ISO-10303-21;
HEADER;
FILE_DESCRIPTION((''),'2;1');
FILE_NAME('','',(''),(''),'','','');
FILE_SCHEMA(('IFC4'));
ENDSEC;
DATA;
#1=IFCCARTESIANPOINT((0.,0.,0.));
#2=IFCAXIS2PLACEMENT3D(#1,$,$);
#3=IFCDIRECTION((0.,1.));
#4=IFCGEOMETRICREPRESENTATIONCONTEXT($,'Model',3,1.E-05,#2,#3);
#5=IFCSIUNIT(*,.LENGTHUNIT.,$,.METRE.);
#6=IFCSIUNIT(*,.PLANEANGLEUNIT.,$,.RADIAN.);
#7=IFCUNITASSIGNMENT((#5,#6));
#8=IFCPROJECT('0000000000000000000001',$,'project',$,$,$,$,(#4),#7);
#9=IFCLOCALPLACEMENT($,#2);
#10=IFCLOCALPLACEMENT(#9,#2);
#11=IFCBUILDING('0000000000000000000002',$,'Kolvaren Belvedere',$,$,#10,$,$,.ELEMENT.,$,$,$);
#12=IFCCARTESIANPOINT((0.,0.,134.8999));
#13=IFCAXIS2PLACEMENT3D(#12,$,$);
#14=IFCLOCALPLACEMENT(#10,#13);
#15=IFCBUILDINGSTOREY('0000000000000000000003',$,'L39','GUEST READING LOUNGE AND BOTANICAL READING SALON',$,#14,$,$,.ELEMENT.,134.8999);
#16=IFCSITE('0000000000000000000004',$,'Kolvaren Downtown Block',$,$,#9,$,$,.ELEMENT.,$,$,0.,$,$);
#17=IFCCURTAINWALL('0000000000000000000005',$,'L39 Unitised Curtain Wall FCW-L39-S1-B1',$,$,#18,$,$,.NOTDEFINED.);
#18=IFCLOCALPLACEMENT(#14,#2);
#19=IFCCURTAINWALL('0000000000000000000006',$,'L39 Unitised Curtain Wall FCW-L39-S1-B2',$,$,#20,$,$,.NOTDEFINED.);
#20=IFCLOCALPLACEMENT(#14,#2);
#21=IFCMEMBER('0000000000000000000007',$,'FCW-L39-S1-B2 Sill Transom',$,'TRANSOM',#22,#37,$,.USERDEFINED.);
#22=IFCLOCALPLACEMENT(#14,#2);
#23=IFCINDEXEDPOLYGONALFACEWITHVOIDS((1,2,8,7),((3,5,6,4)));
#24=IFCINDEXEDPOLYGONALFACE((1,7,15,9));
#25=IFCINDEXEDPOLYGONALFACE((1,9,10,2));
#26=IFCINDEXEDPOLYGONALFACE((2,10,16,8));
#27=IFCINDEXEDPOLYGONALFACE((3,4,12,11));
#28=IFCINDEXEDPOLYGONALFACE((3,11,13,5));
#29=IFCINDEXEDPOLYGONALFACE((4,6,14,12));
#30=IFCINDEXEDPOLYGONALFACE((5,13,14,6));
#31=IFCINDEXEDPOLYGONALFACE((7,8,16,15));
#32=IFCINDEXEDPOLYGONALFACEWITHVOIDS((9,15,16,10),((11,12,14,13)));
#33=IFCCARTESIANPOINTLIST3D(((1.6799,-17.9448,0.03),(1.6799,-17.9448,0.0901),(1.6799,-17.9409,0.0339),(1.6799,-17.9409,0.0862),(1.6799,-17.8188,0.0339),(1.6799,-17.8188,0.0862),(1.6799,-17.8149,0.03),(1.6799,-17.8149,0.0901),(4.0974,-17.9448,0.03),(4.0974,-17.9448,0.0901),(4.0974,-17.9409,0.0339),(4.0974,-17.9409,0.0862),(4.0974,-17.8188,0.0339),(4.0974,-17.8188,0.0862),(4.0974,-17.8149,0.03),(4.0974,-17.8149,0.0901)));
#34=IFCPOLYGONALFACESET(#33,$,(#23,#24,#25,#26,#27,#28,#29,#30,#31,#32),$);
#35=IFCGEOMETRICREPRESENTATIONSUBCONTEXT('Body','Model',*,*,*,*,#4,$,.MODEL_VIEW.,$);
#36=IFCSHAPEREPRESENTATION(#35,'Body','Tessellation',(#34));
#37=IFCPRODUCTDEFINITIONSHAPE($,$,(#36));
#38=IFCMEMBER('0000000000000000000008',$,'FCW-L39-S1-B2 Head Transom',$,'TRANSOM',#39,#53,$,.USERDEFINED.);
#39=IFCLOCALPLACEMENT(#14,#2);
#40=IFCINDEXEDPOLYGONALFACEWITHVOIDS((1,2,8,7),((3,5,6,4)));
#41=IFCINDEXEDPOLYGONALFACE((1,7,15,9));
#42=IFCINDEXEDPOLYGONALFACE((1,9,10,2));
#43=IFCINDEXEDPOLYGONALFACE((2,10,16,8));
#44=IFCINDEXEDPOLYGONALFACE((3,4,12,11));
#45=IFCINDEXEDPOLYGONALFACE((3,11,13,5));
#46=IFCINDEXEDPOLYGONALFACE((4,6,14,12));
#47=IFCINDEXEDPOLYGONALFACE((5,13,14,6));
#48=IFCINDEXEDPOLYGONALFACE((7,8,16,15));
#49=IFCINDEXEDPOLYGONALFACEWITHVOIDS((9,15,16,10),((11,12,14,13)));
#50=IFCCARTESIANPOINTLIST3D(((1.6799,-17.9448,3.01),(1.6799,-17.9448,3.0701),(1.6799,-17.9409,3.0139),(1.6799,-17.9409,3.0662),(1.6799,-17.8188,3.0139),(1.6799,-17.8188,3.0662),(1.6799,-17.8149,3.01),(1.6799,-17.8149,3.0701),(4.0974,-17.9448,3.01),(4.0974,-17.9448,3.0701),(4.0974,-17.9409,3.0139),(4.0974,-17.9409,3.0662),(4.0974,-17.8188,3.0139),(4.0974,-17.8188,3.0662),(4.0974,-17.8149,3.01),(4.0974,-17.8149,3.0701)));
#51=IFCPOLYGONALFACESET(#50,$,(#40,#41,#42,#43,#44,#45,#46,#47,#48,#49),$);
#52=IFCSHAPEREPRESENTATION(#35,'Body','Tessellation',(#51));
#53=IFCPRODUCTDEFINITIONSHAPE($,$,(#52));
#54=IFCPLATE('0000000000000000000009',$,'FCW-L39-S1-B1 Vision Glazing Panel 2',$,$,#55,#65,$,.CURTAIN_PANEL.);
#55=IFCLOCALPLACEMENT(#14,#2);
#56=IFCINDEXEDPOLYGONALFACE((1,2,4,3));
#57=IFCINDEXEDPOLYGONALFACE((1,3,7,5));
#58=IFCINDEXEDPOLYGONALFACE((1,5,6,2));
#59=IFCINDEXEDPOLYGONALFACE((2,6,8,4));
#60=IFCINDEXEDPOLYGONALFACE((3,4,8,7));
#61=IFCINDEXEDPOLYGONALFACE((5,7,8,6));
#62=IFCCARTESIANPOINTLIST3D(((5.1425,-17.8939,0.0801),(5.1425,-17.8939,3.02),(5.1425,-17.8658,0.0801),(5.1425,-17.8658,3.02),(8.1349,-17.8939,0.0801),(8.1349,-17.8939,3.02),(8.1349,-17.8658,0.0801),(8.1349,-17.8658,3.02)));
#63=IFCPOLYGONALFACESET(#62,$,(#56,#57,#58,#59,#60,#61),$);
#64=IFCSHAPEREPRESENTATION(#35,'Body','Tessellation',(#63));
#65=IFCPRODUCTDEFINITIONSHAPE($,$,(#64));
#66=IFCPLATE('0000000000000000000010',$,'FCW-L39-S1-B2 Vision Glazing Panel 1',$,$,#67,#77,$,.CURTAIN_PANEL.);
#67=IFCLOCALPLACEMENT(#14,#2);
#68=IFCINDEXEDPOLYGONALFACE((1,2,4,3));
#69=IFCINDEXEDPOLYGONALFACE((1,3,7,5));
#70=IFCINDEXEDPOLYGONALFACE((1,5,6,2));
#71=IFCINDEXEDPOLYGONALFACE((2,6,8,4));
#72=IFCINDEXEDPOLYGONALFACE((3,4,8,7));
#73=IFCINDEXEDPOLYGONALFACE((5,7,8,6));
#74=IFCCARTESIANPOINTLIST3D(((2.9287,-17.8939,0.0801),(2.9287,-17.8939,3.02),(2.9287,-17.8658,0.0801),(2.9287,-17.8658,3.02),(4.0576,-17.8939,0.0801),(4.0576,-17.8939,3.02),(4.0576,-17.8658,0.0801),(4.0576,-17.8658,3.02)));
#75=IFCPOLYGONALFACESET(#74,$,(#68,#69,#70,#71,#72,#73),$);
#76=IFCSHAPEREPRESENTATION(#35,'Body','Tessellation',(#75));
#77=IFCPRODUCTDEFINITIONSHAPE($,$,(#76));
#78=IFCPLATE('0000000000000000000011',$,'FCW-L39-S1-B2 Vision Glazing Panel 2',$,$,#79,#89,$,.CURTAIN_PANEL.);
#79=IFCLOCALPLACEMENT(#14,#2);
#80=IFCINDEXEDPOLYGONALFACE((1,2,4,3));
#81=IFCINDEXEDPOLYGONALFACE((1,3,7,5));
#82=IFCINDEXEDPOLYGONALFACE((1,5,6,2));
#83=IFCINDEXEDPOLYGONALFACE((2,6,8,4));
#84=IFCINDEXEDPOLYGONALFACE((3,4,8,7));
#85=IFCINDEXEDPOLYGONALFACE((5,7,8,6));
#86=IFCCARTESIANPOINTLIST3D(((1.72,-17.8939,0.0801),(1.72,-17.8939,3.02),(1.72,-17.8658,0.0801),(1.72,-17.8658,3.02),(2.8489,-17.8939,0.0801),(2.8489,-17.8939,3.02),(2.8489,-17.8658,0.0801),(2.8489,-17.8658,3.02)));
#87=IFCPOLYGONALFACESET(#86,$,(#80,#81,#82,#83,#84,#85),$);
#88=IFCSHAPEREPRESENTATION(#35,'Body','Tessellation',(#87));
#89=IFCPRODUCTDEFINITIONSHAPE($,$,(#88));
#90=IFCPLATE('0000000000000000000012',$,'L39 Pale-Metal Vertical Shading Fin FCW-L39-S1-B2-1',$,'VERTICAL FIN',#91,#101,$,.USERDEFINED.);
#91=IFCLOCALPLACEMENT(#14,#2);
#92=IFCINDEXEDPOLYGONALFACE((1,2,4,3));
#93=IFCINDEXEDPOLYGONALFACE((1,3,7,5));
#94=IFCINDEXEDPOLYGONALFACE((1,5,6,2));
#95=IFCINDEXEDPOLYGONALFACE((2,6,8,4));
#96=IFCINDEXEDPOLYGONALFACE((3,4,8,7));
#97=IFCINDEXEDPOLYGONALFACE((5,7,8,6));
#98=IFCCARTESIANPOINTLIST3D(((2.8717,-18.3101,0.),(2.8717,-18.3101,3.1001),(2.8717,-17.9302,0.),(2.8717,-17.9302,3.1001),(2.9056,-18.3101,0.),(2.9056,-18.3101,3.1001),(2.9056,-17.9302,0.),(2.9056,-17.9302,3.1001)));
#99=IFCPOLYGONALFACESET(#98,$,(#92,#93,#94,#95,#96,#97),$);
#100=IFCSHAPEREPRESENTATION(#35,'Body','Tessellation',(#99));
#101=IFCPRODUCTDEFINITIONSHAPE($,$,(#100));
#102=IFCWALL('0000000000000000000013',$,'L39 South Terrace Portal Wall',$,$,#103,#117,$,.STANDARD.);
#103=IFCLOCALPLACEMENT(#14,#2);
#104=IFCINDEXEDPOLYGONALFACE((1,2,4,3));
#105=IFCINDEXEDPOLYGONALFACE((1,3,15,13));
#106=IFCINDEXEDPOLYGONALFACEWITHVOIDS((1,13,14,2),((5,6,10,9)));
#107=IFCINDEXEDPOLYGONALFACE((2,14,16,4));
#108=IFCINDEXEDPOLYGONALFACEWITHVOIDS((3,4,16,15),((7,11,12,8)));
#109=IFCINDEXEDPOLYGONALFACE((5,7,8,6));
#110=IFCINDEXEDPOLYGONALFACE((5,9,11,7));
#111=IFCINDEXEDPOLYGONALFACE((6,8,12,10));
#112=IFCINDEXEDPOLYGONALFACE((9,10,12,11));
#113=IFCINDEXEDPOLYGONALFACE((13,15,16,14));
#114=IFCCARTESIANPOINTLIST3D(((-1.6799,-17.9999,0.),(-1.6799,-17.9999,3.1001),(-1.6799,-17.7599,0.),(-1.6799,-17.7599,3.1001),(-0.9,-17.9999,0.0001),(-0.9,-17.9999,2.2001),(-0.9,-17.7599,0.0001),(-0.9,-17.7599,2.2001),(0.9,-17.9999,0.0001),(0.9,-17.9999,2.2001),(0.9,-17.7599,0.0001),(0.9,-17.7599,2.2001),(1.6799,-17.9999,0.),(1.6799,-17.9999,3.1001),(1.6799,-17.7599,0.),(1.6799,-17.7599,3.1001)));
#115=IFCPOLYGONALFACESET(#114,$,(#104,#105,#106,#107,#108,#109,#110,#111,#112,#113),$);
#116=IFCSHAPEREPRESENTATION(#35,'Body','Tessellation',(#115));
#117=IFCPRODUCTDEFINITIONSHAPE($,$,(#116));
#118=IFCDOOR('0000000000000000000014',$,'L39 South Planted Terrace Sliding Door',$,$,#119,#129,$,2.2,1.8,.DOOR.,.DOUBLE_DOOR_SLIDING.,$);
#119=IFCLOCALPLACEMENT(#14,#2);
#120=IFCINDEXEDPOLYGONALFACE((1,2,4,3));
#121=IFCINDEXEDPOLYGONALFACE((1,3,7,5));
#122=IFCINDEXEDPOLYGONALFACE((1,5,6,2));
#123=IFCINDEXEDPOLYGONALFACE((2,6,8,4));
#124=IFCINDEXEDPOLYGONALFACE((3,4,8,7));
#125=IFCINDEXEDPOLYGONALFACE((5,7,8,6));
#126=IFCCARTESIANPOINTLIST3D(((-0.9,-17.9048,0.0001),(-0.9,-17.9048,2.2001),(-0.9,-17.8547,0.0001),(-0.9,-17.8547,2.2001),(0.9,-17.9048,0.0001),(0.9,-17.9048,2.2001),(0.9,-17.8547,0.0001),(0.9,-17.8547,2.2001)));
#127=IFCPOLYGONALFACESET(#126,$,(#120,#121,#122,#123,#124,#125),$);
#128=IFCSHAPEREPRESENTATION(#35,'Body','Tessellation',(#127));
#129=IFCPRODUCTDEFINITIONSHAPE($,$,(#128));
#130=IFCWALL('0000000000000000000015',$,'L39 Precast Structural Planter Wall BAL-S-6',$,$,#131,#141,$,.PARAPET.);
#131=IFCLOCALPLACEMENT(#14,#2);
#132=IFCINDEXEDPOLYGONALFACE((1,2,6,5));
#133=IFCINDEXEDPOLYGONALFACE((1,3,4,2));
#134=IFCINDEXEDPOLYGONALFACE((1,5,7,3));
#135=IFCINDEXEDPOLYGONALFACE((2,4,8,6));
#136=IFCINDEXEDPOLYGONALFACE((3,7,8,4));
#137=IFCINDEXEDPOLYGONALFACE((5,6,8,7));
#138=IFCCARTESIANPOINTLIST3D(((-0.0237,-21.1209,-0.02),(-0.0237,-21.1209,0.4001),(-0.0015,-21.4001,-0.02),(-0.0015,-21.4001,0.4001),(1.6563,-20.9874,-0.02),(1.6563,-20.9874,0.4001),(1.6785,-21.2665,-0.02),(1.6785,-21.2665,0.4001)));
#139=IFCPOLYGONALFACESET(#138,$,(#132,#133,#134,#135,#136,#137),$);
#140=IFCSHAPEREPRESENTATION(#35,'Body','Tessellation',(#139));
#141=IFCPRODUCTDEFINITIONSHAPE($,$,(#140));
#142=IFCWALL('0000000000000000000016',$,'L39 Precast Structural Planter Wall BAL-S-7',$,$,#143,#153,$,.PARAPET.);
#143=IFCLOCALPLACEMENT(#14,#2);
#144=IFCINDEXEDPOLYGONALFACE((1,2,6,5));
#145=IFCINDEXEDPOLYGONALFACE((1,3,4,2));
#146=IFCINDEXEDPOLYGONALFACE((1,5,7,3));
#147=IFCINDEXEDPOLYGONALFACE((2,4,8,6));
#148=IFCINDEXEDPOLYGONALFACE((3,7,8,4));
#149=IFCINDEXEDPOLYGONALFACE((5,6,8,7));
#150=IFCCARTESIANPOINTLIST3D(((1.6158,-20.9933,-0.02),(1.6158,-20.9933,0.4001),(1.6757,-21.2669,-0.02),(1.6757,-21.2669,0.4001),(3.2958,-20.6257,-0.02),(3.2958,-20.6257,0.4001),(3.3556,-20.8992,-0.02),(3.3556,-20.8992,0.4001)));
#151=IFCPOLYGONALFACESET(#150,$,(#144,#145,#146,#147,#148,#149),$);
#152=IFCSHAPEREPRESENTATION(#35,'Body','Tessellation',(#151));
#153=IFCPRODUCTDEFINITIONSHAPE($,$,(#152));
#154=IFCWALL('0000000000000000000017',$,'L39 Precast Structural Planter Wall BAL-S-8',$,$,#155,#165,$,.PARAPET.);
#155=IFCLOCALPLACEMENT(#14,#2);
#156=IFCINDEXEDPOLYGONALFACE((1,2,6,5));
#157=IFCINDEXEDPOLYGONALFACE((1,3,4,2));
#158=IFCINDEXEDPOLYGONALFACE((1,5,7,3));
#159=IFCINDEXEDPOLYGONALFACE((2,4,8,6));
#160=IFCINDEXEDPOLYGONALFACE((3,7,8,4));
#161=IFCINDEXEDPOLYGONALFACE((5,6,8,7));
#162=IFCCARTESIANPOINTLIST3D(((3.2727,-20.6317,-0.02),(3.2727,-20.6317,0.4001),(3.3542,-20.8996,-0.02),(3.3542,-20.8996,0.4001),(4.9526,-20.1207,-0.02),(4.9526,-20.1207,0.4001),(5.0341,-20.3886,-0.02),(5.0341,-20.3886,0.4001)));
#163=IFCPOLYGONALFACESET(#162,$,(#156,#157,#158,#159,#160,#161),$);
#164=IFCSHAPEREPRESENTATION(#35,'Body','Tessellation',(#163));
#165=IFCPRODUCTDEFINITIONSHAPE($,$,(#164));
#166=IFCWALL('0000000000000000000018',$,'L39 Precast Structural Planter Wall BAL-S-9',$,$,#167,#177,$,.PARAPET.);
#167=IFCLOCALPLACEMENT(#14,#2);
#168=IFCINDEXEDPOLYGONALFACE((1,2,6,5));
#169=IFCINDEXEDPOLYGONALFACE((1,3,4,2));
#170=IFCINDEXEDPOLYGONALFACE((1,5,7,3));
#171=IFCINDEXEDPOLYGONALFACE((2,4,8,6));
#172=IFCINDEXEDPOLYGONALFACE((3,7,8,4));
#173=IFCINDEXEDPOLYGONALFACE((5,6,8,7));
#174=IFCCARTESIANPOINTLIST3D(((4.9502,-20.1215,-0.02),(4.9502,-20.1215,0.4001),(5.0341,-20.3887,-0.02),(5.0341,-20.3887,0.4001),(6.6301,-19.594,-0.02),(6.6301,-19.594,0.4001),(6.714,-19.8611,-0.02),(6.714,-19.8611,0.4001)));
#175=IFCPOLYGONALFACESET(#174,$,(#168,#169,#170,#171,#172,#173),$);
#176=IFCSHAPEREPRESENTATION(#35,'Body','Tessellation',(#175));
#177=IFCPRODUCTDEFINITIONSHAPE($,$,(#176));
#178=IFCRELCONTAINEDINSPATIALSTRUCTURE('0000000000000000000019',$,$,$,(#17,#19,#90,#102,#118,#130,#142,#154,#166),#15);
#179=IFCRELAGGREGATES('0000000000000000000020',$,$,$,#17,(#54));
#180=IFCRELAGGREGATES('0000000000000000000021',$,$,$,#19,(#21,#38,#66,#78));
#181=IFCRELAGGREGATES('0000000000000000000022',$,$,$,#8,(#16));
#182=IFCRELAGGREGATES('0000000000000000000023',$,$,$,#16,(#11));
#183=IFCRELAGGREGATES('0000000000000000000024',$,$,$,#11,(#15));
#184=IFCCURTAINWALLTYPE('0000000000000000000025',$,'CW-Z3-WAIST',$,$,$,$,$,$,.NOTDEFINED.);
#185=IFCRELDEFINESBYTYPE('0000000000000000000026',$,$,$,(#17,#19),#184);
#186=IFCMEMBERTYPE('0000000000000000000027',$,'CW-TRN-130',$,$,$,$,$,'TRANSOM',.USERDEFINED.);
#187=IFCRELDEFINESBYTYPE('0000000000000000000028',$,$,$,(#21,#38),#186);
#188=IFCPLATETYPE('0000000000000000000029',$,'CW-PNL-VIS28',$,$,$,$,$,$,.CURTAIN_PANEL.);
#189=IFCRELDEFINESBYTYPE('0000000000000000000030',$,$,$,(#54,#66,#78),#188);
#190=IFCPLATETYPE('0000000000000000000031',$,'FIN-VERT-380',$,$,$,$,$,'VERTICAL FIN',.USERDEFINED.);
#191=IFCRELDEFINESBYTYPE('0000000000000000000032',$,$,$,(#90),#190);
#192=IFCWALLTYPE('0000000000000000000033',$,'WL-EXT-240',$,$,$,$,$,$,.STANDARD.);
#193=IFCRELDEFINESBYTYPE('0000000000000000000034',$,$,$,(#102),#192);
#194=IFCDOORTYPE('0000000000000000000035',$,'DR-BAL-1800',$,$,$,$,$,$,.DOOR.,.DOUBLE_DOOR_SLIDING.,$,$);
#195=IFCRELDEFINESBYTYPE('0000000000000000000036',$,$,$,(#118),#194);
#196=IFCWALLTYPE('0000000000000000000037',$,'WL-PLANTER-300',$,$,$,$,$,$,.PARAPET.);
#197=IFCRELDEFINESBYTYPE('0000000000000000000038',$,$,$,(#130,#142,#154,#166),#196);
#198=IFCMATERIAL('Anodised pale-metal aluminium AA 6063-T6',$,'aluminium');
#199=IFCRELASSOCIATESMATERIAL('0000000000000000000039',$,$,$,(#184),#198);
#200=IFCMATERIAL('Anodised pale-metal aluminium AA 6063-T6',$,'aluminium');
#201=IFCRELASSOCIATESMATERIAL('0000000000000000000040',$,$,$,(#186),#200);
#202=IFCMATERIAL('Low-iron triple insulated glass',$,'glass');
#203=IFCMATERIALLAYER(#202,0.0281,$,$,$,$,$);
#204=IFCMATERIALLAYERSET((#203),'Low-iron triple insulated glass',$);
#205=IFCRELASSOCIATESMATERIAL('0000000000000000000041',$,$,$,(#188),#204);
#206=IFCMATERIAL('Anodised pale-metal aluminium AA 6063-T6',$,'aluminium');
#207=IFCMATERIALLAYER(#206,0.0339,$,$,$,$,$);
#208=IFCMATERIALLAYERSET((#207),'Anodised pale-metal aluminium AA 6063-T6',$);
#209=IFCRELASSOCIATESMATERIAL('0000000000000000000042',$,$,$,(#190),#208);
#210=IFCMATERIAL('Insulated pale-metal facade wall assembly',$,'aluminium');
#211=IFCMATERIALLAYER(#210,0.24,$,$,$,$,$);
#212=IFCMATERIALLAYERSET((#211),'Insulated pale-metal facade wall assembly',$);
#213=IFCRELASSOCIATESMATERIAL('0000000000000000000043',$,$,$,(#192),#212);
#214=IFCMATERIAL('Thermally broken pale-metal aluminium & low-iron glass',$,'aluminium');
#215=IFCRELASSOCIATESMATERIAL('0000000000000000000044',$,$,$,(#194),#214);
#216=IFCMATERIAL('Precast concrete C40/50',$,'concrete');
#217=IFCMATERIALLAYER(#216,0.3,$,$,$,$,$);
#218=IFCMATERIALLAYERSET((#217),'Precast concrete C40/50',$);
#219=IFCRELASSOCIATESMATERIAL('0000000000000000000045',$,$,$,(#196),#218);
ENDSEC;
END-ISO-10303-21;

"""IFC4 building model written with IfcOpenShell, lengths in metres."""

from ifc_helpers import new_model, si_unit, direction, frame, frame_2d, origin, origin_2d, place, context, subcontext, project, spatial, rectangle, hollow_rectangle, extrude, material, layer, layer_set, material_profile, profile_set, type_object, element, fill, aggregate, save


model = new_model("IFC4")

# Units and contexts
model_context = context("Model", 3, precision=1e-05, world=origin(), true_north=direction((0.0, 1.0)))
body_context = subcontext(model_context, "Body", "Model", "MODEL_VIEW")
ifc_project = project(units=[si_unit("LENGTHUNIT", "METRE"), si_unit("PLANEANGLEUNIT", "RADIAN")], contexts=[model_context])

# Site, building, storey
site_placement = place(None, origin())
site = spatial("IfcSite", under=ifc_project, at=site_placement, Name="Kolvaren Downtown Block", CompositionType="ELEMENT", RefElevation=0.0)
building_placement = place(site_placement, origin())
building = spatial("IfcBuilding", under=site, at=building_placement, Name="Kolvaren Belvedere", CompositionType="ELEMENT")
storey_placement = place(building_placement, frame((0.0, 0.0, 134.8999)))
storey = spatial("IfcBuildingStorey", under=building, at=storey_placement, Name="L39", Description="GUEST READING LOUNGE AND BOTANICAL READING SALON", CompositionType="ELEMENT", Elevation=134.8999)

# Curtain wall
ifc_material_1 = material(Name="Anodised pale-metal aluminium AA 6063-T6", Category="aluminium")
curtain_wall_type = type_object("IfcCurtainWallType", Name="CW-Z3-WAIST", PredefinedType="NOTDEFINED", material=ifc_material_1)
curtain_wall_1_placement = place(storey_placement, origin())
curtain_wall_1 = element("IfcCurtainWall", 1, at=curtain_wall_1_placement, inside=storey, type_object=curtain_wall_type, Name="L39 Unitised Curtain Wall FCW-L39-S1-B1", PredefinedType="NOTDEFINED")

# Curtain wall, members
curtain_wall_2_placement = place(storey_placement, origin())
curtain_wall_2 = element("IfcCurtainWall", 2, at=curtain_wall_2_placement, inside=storey, type_object=curtain_wall_type, Name="L39 Unitised Curtain Wall FCW-L39-S1-B2", PredefinedType="NOTDEFINED")
ifc_material_2 = material(Name="Anodised pale-metal aluminium AA 6063-T6", Category="aluminium")
ifc_material_profile_1 = material_profile(ifc_material_2, hollow_rectangle(XDim=0.0601, YDim=0.1299, WallThickness=0.0039, at=origin_2d()), Name="ALU-TRN-130X60")
ifc_profile_set_1 = profile_set([ifc_material_profile_1], Name="Anodised pale-metal aluminium AA 6063-T6")
member_type_1 = type_object("IfcMemberType", Name="CW-TRN-130", ElementType="TRANSOM", PredefinedType="USERDEFINED", material=ifc_profile_set_1)
member_1_placement = place(storey_placement, frame((4.0974, -17.8799, 0.0601), z_axis=(-1.0, 0.0, 0.0), x_axis=(0.0, 0.0, 1.0)))
member_1 = element("IfcMember", 3, at=member_1_placement, type_object=member_type_1, Name="FCW-L39-S1-B2 Sill Transom", ObjectType="TRANSOM", PredefinedType="USERDEFINED", context=body_context, shape_type="SweptSolid", body=[
    extrude(hollow_rectangle(XDim=0.0601, YDim=0.1299, WallThickness=0.0039, at=origin_2d()), origin(), (0.0, 0.0, 1.0), 2.4175),
])
member_2_placement = place(storey_placement, frame((4.0974, -17.8799, 3.04), z_axis=(-1.0, 0.0, 0.0), x_axis=(0.0, 0.0, 1.0)))
member_2 = element("IfcMember", 4, at=member_2_placement, type_object=member_type_1, Name="FCW-L39-S1-B2 Head Transom", ObjectType="TRANSOM", PredefinedType="USERDEFINED", context=body_context, shape_type="SweptSolid", body=[
    extrude(hollow_rectangle(XDim=0.0601, YDim=0.1299, WallThickness=0.0039, at=origin_2d()), origin(), (0.0, 0.0, 1.0), 2.4175),
])

# Plates
ifc_material_3 = material(Name="Low-iron triple insulated glass", Category="glass")
ifc_layer_1 = layer(ifc_material_3, 0.0281)
ifc_layer_set_1 = layer_set([ifc_layer_1], Name="Low-iron triple insulated glass")
plate_type_1 = type_object("IfcPlateType", Name="CW-PNL-VIS28", PredefinedType="CURTAIN_PANEL", material=ifc_layer_set_1)
plate_1_placement = place(storey_placement, frame((6.6387, -17.8799, 0.0801), z_axis=(0.0, 0.0, 1.0), x_axis=(-1.0, 0.0, 0.0)))
plate_1 = element("IfcPlate", 5, at=plate_1_placement, type_object=plate_type_1, Name="FCW-L39-S1-B1 Vision Glazing Panel 2", PredefinedType="CURTAIN_PANEL", context=body_context, shape_type="SweptSolid", body=[
    extrude(rectangle(XDim=2.9924, YDim=0.0281, at=origin_2d()), origin(), (0.0, 0.0, 1.0), 2.9399),
])
aggregate(curtain_wall_1, [plate_1])
plate_2_placement = place(storey_placement, frame((3.4932, -17.8799, 0.0801), z_axis=(0.0, 0.0, 1.0), x_axis=(-1.0, 0.0, 0.0)))
plate_2 = element("IfcPlate", 6, at=plate_2_placement, type_object=plate_type_1, Name="FCW-L39-S1-B2 Vision Glazing Panel 1", PredefinedType="CURTAIN_PANEL", context=body_context, shape_type="SweptSolid", body=[
    extrude(rectangle(XDim=1.1289, YDim=0.0281, at=origin_2d()), origin(), (0.0, 0.0, 1.0), 2.9399),
])
plate_3_placement = place(storey_placement, frame((2.2844, -17.8799, 0.0801), z_axis=(0.0, 0.0, 1.0), x_axis=(-1.0, 0.0, 0.0)))
plate_3 = element("IfcPlate", 7, at=plate_3_placement, type_object=plate_type_1, Name="FCW-L39-S1-B2 Vision Glazing Panel 2", PredefinedType="CURTAIN_PANEL", context=body_context, shape_type="SweptSolid", body=[
    extrude(rectangle(XDim=1.1289, YDim=0.0281, at=origin_2d()), origin(), (0.0, 0.0, 1.0), 2.9399),
])
aggregate(curtain_wall_2, [member_1, member_2, plate_2, plate_3])
ifc_material_4 = material(Name="Anodised pale-metal aluminium AA 6063-T6", Category="aluminium")
ifc_layer_2 = layer(ifc_material_4, 0.0339)
ifc_layer_set_2 = layer_set([ifc_layer_2], Name="Anodised pale-metal aluminium AA 6063-T6")
plate_type_2 = type_object("IfcPlateType", Name="FIN-VERT-380", ElementType="VERTICAL FIN", PredefinedType="USERDEFINED", material=ifc_layer_set_2)
plate_4_placement = place(storey_placement, frame((2.8887, -18.1201, 0.0), z_axis=(0.0, 0.0, 1.0), x_axis=(0.0, 1.0, 0.0)))
element("IfcPlate", 8, at=plate_4_placement, inside=storey, type_object=plate_type_2, Name="L39 Pale-Metal Vertical Shading Fin FCW-L39-S1-B2-1", ObjectType="VERTICAL FIN", PredefinedType="USERDEFINED", context=body_context, shape_type="SweptSolid", body=[
    extrude(rectangle(XDim=0.3799, YDim=0.0339, at=origin_2d()), origin(), (0.0, 0.0, 1.0), 3.1001),
])

# Wall, opening, door
ifc_material_5 = material(Name="Insulated pale-metal facade wall assembly", Category="aluminium")
ifc_layer_3 = layer(ifc_material_5, 0.24)
ifc_layer_set_3 = layer_set([ifc_layer_3], Name="Insulated pale-metal facade wall assembly")
wall_type_1 = type_object("IfcWallType", Name="WL-EXT-240", PredefinedType="STANDARD", material=ifc_layer_set_3)
wall_1_placement = place(storey_placement, frame((1.6799, -17.8799, 0.0), z_axis=(0.0, 0.0, 1.0), x_axis=(-1.0, 0.0, 0.0)))
wall_1 = element("IfcWall", 9, at=wall_1_placement, inside=storey, type_object=wall_type_1, Name="L39 South Terrace Portal Wall", PredefinedType="STANDARD", context=body_context, shape_type="SweptSolid", body=[
    extrude(rectangle(XDim=3.3599, YDim=0.24, at=frame_2d((1.6799, 0.0))), origin(), (0.0, 0.0, 1.0), 3.1001),
])
opening_placement = place(wall_1_placement, frame((0.78, 0.0, 0.0)))
opening = element("IfcOpeningElement", 10, at=opening_placement, cuts=wall_1, PredefinedType="OPENING", context=body_context, shape_type="SweptSolid", body=[
    extrude(rectangle(XDim=1.8, YDim=2.2, at=frame_2d((0.8999, 1.1001))), frame((0.0, 0.1299, 0.0), z_axis=(0.0, -1.0, 0.0), x_axis=(1.0, 0.0, 0.0)), (0.0, 0.0, 1.0), 0.26),
])
ifc_material_6 = material(Name="Thermally broken pale-metal aluminium & low-iron glass", Category="aluminium")
door_type = type_object("IfcDoorType", Name="DR-BAL-1800", OperationType="DOUBLE_DOOR_SLIDING", PredefinedType="DOOR", material=ifc_material_6)
door_placement = place(opening_placement, origin())
door = element("IfcDoor", 11, at=door_placement, inside=storey, type_object=door_type, Name="L39 South Planted Terrace Sliding Door", OperationType="DOUBLE_DOOR_SLIDING", OverallHeight=2.2, OverallWidth=1.8, PredefinedType="DOOR", context=body_context, shape_type="SweptSolid", body=[
    extrude(rectangle(XDim=1.8, YDim=2.2, at=frame_2d((0.8999, 1.1001))), frame((0.0, 0.0249, 0.0), z_axis=(0.0, -1.0, 0.0), x_axis=(1.0, 0.0, 0.0)), (0.0, 0.0, 1.0), 0.05),
])
fill(opening, door)

# Walls
ifc_material_7 = material(Name="Precast concrete C40/50", Category="concrete")
ifc_layer_4 = layer(ifc_material_7, 0.3)
ifc_layer_set_4 = layer_set([ifc_layer_4], Name="Precast concrete C40/50")
wall_type_2 = type_object("IfcWallType", Name="WL-PLANTER-300", PredefinedType="PARAPET", material=ifc_layer_set_4)
wall_2_placement = place(storey_placement, frame((-0.0127, -21.2605, -0.02), z_axis=(0.0, 0.0, 1.0), x_axis=(0.996855, 0.079244, 0.0)))
element("IfcWall", 12, at=wall_2_placement, inside=storey, type_object=wall_type_2, Name="L39 Precast Structural Planter Wall BAL-S-6", PredefinedType="PARAPET", context=body_context, shape_type="SweptSolid", body=[
    extrude(rectangle(XDim=1.6853, YDim=0.28, at=frame_2d((0.8428, 0.0))), origin(), (0.0, 0.0, 1.0), 0.4202),
])
wall_3_placement = place(storey_placement, frame((1.6458, -21.1301, -0.02), z_axis=(0.0, 0.0, 1.0), x_axis=(0.976877, 0.213803, 0.0)))
element("IfcWall", 13, at=wall_3_placement, inside=storey, type_object=wall_type_2, Name="L39 Precast Structural Planter Wall BAL-S-7", PredefinedType="PARAPET", context=body_context, shape_type="SweptSolid", body=[
    extrude(rectangle(XDim=1.7197, YDim=0.28, at=frame_2d((0.8599, 0.0))), origin(), (0.0, 0.0, 1.0), 0.4202),
])
wall_4_placement = place(storey_placement, frame((3.3135, -20.7656, -0.02), z_axis=(0.0, 0.0, 1.0), x_axis=(0.956721, 0.291007, 0.0)))
element("IfcWall", 14, at=wall_4_placement, inside=storey, type_object=wall_type_2, Name="L39 Precast Structural Planter Wall BAL-S-8", PredefinedType="PARAPET", context=body_context, shape_type="SweptSolid", body=[
    extrude(rectangle(XDim=1.7559, YDim=0.28, at=frame_2d((0.8779, 0.0))), origin(), (0.0, 0.0, 1.0), 0.4202),
])
wall_5_placement = place(storey_placement, frame((4.9922, -20.2551, -0.02), z_axis=(0.0, 0.0, 1.0), x_axis=(0.954057, 0.299625, 0.0)))
element("IfcWall", 15, at=wall_5_placement, inside=storey, type_object=wall_type_2, Name="L39 Precast Structural Planter Wall BAL-S-9", PredefinedType="PARAPET", context=body_context, shape_type="SweptSolid", body=[
    extrude(rectangle(XDim=1.7607, YDim=0.28, at=frame_2d((0.8804, 0.0))), origin(), (0.0, 0.0, 1.0), 0.4202),
])

save(model, "model.ifc")
